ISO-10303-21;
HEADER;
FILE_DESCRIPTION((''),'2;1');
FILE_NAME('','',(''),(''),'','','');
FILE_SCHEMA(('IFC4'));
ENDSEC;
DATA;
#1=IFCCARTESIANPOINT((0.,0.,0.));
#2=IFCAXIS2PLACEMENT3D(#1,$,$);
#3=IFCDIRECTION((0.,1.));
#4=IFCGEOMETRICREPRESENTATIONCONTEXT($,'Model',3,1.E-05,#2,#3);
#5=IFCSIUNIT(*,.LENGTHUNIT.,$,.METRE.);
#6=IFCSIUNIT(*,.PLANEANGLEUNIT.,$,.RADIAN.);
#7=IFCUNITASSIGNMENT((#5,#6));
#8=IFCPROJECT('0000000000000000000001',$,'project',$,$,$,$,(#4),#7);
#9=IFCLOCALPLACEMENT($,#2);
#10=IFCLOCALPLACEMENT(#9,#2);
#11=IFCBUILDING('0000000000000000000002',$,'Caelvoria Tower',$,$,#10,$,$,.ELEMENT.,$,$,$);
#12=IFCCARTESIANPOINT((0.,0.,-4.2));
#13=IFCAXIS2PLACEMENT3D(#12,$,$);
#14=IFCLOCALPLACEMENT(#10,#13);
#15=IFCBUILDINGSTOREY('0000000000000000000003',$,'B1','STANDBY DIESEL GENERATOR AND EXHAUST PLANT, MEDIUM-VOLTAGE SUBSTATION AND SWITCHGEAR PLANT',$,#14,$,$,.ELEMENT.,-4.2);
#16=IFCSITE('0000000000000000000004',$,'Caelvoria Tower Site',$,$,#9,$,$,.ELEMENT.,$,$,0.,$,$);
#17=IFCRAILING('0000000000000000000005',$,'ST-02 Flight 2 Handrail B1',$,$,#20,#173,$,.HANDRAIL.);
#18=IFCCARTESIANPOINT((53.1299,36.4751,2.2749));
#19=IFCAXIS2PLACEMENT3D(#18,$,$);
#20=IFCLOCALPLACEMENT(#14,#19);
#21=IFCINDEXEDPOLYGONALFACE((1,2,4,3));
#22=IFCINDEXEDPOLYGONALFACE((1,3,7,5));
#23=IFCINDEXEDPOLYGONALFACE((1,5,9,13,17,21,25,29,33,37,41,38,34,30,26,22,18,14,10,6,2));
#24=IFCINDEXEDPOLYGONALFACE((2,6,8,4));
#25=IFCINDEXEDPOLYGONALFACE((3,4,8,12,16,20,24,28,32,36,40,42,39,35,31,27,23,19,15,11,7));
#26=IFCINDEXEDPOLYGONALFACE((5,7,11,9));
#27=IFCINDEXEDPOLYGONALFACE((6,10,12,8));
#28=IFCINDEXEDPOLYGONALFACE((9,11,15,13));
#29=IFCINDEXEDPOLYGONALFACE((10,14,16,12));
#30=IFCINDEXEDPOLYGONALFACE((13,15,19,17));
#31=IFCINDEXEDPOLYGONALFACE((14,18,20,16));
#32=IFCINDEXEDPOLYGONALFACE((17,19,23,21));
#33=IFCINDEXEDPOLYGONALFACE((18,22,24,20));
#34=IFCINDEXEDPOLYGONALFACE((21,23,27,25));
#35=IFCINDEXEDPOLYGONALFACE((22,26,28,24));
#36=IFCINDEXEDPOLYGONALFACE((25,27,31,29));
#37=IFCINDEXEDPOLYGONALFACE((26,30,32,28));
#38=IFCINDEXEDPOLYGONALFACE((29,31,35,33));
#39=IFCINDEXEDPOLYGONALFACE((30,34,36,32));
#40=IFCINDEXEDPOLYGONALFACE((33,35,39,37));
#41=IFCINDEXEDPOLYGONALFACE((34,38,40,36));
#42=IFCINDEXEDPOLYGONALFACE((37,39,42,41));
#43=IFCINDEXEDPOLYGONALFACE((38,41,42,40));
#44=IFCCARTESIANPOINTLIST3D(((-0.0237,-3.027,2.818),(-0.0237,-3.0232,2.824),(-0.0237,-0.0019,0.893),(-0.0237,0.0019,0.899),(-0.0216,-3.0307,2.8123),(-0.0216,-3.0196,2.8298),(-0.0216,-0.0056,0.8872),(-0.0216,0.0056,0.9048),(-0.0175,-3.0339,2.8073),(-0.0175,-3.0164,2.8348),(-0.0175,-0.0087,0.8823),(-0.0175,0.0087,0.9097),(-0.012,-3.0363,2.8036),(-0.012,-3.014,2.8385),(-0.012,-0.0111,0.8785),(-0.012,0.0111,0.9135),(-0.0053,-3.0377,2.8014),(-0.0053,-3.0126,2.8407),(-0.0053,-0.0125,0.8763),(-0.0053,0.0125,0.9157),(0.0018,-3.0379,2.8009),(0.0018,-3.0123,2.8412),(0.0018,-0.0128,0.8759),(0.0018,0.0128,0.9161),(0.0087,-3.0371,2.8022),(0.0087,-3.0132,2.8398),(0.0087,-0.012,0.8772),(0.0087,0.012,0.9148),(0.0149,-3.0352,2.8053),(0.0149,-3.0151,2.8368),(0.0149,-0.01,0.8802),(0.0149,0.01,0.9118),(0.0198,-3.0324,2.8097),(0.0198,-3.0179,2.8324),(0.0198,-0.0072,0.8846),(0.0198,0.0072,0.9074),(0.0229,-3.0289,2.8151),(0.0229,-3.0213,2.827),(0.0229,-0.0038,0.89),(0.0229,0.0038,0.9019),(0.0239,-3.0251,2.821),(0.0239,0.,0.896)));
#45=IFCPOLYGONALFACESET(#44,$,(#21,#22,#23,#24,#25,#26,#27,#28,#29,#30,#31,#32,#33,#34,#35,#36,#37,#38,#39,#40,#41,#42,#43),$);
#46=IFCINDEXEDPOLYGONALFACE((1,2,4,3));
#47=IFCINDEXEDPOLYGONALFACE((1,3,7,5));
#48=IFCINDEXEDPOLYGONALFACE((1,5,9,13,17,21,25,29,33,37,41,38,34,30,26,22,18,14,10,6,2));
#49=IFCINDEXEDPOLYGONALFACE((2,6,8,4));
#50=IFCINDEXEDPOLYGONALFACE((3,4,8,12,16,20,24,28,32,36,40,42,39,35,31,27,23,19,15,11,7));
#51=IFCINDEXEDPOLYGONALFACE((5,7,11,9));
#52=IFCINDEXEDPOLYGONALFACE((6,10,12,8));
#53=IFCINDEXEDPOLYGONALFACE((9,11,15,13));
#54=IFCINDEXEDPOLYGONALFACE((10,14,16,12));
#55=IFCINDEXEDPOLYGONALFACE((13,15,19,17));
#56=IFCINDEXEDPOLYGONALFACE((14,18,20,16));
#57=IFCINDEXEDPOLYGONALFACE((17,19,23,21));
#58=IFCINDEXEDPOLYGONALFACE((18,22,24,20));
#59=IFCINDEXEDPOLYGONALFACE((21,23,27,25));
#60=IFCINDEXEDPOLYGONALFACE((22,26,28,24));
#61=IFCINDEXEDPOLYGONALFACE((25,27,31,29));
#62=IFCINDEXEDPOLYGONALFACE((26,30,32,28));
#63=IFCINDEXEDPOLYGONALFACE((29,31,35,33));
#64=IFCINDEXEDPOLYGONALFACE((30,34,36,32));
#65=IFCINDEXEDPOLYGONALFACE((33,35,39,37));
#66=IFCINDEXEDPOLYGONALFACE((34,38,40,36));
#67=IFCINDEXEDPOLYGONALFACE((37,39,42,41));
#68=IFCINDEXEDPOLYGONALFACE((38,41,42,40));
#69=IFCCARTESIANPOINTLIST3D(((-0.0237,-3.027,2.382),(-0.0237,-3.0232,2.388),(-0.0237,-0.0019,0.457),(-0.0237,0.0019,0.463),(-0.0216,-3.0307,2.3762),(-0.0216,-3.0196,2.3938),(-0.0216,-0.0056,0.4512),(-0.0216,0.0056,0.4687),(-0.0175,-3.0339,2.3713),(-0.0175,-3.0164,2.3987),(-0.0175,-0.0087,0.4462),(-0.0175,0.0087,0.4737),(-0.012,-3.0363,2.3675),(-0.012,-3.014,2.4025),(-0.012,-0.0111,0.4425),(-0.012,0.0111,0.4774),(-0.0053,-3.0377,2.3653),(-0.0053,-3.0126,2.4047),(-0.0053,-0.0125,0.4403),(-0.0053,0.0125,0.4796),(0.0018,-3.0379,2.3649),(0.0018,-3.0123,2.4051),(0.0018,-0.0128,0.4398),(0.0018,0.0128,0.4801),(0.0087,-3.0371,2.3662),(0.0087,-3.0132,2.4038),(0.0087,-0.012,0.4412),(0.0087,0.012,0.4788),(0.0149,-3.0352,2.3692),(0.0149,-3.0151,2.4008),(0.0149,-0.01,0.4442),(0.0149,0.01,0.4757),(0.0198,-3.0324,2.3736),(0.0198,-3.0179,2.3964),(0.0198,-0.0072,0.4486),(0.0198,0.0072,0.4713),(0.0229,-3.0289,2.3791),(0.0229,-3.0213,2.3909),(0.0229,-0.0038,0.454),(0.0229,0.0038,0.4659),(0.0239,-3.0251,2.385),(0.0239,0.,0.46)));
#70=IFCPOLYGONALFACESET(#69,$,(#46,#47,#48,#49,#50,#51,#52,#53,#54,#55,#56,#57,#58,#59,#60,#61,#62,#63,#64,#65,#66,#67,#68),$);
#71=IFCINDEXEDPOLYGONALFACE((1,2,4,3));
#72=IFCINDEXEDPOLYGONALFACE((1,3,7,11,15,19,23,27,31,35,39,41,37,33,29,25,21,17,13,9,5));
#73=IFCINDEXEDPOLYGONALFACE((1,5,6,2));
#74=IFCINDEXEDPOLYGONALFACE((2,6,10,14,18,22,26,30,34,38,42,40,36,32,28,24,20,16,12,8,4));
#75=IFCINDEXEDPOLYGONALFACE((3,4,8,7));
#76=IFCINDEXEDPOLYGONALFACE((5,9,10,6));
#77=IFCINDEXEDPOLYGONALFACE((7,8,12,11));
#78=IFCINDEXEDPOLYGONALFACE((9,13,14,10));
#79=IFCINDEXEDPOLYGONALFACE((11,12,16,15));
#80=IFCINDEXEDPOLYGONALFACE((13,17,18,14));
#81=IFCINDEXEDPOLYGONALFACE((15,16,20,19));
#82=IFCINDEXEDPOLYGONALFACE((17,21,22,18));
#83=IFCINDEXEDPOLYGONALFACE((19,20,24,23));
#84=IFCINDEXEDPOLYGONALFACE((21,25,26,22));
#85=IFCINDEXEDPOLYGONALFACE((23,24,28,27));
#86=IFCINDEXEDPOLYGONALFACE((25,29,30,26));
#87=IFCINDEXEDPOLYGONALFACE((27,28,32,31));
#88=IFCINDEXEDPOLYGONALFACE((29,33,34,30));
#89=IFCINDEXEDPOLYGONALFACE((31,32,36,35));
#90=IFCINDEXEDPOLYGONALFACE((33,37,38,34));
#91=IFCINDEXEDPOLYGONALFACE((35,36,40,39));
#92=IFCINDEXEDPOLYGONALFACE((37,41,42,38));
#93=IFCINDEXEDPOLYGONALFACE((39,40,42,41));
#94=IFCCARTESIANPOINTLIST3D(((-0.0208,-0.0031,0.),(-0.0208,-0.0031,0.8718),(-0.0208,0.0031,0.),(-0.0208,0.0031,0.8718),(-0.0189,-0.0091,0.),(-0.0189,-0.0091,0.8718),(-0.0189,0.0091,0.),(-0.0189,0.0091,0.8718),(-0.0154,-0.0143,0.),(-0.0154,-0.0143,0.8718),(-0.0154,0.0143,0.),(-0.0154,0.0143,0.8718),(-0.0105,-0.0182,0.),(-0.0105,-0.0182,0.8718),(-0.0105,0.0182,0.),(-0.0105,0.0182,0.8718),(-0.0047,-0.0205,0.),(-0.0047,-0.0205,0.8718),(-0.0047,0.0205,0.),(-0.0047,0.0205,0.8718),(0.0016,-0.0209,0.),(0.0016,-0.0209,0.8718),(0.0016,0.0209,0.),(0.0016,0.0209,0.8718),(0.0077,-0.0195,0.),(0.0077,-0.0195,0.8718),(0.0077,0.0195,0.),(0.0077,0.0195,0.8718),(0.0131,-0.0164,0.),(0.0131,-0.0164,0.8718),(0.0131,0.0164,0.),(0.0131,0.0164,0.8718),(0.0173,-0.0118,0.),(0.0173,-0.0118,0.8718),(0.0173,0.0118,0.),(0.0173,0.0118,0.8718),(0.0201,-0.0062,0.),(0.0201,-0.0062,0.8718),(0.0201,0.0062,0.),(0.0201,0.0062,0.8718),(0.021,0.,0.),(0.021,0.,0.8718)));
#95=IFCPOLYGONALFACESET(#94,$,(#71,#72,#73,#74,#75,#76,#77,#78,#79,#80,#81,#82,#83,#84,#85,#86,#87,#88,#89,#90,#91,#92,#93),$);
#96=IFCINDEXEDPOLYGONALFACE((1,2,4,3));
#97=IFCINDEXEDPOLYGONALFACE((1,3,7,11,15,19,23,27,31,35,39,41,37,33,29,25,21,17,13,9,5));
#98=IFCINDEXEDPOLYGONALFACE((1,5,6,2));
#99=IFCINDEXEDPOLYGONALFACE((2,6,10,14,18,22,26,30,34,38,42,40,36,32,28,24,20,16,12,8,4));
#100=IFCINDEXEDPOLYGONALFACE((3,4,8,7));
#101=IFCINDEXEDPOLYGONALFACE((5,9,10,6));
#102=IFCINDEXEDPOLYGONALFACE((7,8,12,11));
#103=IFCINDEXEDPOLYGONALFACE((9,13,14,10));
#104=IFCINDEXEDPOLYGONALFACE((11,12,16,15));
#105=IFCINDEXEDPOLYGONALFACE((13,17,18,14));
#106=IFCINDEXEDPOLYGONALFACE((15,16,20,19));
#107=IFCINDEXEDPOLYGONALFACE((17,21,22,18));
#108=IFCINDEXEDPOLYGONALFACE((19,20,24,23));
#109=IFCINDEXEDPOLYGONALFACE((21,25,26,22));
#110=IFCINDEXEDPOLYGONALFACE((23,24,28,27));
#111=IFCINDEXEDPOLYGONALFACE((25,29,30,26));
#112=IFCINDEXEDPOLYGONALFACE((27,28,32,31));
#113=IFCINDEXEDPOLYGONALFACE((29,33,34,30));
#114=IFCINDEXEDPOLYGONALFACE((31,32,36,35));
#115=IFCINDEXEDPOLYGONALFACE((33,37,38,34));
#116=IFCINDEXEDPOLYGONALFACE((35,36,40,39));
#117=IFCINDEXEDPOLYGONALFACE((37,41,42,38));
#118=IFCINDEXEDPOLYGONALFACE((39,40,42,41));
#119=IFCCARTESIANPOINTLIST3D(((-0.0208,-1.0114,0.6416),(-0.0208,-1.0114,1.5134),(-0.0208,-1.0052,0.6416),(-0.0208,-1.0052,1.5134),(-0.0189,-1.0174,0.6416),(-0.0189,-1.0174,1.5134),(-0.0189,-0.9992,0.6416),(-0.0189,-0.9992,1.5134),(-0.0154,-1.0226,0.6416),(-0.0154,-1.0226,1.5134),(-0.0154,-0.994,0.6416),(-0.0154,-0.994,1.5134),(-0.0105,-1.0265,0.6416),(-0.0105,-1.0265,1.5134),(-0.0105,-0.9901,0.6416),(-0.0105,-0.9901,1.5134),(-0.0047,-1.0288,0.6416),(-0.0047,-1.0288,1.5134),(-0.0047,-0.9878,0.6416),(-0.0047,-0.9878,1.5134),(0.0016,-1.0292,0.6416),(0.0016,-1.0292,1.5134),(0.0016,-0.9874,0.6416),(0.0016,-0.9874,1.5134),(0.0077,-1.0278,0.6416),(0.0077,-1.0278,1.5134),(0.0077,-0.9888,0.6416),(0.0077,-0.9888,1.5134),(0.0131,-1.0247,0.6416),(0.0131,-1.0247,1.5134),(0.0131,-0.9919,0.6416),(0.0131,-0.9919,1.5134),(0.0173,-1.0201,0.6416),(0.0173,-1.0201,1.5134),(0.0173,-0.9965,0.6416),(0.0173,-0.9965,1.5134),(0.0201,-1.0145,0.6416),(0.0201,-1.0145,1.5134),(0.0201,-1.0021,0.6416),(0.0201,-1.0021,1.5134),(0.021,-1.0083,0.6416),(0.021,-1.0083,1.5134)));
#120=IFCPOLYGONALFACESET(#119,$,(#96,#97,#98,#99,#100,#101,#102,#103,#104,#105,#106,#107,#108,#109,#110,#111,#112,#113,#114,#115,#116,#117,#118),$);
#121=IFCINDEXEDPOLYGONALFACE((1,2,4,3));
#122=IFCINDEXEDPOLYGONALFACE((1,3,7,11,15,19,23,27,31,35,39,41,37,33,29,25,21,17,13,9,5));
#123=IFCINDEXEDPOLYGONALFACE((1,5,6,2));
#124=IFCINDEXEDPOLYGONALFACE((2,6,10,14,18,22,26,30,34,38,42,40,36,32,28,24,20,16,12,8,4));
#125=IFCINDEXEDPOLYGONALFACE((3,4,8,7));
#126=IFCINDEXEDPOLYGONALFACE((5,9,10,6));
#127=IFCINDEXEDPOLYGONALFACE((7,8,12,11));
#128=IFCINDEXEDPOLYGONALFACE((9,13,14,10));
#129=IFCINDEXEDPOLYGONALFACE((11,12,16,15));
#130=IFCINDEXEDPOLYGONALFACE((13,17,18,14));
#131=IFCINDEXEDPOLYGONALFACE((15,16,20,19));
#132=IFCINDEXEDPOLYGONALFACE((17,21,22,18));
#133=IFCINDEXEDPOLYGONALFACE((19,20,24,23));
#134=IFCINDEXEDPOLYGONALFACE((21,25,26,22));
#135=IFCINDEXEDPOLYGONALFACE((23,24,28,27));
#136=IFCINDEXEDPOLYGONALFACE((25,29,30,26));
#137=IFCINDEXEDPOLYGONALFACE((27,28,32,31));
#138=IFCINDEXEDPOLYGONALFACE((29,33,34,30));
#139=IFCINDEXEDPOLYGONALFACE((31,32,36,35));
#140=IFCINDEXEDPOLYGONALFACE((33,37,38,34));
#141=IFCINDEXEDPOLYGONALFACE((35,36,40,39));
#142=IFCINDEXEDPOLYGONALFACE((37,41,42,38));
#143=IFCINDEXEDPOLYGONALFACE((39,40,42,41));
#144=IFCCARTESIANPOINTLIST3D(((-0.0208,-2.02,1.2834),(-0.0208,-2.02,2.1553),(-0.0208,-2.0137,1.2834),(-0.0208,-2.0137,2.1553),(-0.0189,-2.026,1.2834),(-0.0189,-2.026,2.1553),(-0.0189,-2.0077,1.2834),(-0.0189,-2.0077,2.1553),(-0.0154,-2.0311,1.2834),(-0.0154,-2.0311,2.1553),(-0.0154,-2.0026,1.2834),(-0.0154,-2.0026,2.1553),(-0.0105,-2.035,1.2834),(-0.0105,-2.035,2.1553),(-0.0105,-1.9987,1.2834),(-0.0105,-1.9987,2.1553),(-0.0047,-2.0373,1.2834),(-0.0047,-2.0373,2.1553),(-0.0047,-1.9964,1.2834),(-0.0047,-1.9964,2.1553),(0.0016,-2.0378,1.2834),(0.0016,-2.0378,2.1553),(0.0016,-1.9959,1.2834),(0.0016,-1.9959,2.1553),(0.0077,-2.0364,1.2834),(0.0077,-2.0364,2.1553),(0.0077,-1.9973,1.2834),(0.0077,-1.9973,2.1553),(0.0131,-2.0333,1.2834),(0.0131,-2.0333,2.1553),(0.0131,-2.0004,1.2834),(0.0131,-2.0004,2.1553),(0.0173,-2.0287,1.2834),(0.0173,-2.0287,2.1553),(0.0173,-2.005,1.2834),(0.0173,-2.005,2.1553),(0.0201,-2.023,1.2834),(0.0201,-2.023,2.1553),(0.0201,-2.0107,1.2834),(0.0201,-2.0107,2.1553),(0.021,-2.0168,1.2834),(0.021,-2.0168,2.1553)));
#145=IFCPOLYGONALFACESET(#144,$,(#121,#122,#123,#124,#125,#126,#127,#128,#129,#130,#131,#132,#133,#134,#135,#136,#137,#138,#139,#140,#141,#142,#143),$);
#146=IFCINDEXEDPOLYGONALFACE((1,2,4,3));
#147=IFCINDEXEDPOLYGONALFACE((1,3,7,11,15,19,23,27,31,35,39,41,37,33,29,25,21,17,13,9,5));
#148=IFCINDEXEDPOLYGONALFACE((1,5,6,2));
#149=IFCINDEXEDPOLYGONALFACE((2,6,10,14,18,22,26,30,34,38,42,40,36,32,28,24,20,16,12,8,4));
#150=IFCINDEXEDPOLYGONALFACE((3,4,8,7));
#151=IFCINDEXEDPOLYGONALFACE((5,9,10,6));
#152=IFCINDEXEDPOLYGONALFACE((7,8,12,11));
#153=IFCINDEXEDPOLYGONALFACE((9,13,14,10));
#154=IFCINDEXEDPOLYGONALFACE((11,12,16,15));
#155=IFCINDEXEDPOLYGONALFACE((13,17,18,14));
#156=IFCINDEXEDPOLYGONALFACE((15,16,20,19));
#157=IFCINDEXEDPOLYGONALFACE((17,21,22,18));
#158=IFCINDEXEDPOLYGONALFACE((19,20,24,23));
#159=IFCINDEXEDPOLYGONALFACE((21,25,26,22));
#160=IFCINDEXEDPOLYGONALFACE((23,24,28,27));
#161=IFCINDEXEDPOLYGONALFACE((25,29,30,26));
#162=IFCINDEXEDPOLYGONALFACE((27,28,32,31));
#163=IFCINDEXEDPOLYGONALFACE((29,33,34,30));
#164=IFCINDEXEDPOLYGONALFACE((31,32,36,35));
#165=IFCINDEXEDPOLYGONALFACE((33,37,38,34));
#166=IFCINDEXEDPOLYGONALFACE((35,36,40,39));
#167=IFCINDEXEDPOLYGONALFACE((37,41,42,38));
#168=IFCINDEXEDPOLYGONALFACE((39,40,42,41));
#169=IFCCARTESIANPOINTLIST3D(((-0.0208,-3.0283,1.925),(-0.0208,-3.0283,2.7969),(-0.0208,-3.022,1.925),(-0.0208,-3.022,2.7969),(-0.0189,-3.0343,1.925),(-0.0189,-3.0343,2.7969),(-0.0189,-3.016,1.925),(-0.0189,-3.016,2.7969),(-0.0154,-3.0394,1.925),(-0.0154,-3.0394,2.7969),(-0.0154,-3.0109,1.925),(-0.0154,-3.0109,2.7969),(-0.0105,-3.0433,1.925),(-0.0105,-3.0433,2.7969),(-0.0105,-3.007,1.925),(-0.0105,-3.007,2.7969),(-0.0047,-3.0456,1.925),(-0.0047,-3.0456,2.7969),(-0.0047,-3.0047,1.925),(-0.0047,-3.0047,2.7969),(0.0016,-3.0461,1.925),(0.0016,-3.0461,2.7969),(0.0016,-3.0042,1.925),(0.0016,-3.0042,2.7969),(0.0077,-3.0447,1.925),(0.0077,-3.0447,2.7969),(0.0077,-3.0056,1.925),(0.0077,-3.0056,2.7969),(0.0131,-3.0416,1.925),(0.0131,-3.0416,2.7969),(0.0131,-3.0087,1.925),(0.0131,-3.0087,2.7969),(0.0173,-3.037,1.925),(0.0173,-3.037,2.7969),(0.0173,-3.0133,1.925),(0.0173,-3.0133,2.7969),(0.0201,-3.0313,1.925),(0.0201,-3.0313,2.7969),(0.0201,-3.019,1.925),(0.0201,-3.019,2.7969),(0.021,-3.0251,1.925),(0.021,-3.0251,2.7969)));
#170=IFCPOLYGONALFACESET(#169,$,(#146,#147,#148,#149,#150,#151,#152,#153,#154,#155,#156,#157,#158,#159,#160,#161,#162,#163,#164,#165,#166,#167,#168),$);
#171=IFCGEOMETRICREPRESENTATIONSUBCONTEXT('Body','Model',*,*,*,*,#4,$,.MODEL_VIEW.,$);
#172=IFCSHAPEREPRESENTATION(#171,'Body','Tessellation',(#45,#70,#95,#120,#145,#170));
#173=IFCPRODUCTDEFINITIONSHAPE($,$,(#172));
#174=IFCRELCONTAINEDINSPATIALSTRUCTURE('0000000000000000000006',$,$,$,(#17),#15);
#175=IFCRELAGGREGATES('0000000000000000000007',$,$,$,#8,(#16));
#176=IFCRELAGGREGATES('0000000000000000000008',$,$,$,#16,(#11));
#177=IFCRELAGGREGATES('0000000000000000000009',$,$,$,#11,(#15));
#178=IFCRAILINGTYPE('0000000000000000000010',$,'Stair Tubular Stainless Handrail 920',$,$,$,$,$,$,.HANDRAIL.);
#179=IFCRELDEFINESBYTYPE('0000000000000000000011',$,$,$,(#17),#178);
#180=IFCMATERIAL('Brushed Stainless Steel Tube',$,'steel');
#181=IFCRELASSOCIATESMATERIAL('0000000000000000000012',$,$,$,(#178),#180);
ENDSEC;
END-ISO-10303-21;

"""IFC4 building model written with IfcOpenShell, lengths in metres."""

from ifc_helpers import new_model, si_unit, direction, frame, origin, origin_2d, place, context, subcontext, project, spatial, circle, extrude, material, type_object, element, save


model = new_model("IFC4")

# Units and contexts
model_context = context("Model", 3, precision=1e-05, world=origin(), true_north=direction((0.0, 1.0)))
body_context = subcontext(model_context, "Body", "Model", "MODEL_VIEW")
ifc_project = project(units=[si_unit("LENGTHUNIT", "METRE"), si_unit("PLANEANGLEUNIT", "RADIAN")], contexts=[model_context])

# Site, building, storey
site_placement = place(None, origin())
site = spatial("IfcSite", under=ifc_project, at=site_placement, Name="Caelvoria Tower Site", CompositionType="ELEMENT", RefElevation=0.0)
building_placement = place(site_placement, origin())
building = spatial("IfcBuilding", under=site, at=building_placement, Name="Caelvoria Tower", CompositionType="ELEMENT")
storey_placement = place(building_placement, frame((0.0, 0.0, -4.2)))
storey = spatial("IfcBuildingStorey", under=building, at=storey_placement, Name="B1", Description="STANDBY DIESEL GENERATOR AND EXHAUST PLANT, MEDIUM-VOLTAGE SUBSTATION AND SWITCHGEAR PLANT", CompositionType="ELEMENT", Elevation=-4.2)

# Railing
ifc_material_1 = material(Name="Brushed Stainless Steel Tube", Category="steel")
railing_type_1 = type_object("IfcRailingType", Name="Stair Tubular Stainless Handrail 920", PredefinedType="HANDRAIL", material=ifc_material_1)
railing_1_placement = place(storey_placement, frame((53.1299, 36.4751, 2.2749)))
element("IfcRailing", 1, at=railing_1_placement, inside=storey, type_object=railing_type_1, Name="ST-02 Flight 2 Handrail B1", PredefinedType="HANDRAIL", context=body_context, shape_type="SweptSolid", body=[
    extrude(circle(Radius=0.0239, at=origin_2d()), frame((0.0, 0.0, 0.896), z_axis=(0.0, -0.843667, 0.536867), x_axis=(1.0, 0.0, 0.0)), (0.0, 0.0, 1.0), 3.5857),
    extrude(circle(Radius=0.0239, at=origin_2d()), frame((0.0, 0.0, 0.46), z_axis=(0.0, -0.843667, 0.536867), x_axis=(1.0, 0.0, 0.0)), (0.0, 0.0, 1.0), 3.5857),
    extrude(circle(Radius=0.021, at=origin_2d()), origin(), (0.0, 0.0, 1.0), 0.8718),
    extrude(circle(Radius=0.021, at=origin_2d()), frame((0.0, -1.0083, 0.6416)), (0.0, 0.0, 1.0), 0.8718),
    extrude(circle(Radius=0.021, at=origin_2d()), frame((0.0, -2.0168, 1.2834)), (0.0, 0.0, 1.0), 0.8718),
    extrude(circle(Radius=0.021, at=origin_2d()), frame((0.0, -3.0251, 1.925)), (0.0, 0.0, 1.0), 0.8718),
])

save(model, "model.ifc")
